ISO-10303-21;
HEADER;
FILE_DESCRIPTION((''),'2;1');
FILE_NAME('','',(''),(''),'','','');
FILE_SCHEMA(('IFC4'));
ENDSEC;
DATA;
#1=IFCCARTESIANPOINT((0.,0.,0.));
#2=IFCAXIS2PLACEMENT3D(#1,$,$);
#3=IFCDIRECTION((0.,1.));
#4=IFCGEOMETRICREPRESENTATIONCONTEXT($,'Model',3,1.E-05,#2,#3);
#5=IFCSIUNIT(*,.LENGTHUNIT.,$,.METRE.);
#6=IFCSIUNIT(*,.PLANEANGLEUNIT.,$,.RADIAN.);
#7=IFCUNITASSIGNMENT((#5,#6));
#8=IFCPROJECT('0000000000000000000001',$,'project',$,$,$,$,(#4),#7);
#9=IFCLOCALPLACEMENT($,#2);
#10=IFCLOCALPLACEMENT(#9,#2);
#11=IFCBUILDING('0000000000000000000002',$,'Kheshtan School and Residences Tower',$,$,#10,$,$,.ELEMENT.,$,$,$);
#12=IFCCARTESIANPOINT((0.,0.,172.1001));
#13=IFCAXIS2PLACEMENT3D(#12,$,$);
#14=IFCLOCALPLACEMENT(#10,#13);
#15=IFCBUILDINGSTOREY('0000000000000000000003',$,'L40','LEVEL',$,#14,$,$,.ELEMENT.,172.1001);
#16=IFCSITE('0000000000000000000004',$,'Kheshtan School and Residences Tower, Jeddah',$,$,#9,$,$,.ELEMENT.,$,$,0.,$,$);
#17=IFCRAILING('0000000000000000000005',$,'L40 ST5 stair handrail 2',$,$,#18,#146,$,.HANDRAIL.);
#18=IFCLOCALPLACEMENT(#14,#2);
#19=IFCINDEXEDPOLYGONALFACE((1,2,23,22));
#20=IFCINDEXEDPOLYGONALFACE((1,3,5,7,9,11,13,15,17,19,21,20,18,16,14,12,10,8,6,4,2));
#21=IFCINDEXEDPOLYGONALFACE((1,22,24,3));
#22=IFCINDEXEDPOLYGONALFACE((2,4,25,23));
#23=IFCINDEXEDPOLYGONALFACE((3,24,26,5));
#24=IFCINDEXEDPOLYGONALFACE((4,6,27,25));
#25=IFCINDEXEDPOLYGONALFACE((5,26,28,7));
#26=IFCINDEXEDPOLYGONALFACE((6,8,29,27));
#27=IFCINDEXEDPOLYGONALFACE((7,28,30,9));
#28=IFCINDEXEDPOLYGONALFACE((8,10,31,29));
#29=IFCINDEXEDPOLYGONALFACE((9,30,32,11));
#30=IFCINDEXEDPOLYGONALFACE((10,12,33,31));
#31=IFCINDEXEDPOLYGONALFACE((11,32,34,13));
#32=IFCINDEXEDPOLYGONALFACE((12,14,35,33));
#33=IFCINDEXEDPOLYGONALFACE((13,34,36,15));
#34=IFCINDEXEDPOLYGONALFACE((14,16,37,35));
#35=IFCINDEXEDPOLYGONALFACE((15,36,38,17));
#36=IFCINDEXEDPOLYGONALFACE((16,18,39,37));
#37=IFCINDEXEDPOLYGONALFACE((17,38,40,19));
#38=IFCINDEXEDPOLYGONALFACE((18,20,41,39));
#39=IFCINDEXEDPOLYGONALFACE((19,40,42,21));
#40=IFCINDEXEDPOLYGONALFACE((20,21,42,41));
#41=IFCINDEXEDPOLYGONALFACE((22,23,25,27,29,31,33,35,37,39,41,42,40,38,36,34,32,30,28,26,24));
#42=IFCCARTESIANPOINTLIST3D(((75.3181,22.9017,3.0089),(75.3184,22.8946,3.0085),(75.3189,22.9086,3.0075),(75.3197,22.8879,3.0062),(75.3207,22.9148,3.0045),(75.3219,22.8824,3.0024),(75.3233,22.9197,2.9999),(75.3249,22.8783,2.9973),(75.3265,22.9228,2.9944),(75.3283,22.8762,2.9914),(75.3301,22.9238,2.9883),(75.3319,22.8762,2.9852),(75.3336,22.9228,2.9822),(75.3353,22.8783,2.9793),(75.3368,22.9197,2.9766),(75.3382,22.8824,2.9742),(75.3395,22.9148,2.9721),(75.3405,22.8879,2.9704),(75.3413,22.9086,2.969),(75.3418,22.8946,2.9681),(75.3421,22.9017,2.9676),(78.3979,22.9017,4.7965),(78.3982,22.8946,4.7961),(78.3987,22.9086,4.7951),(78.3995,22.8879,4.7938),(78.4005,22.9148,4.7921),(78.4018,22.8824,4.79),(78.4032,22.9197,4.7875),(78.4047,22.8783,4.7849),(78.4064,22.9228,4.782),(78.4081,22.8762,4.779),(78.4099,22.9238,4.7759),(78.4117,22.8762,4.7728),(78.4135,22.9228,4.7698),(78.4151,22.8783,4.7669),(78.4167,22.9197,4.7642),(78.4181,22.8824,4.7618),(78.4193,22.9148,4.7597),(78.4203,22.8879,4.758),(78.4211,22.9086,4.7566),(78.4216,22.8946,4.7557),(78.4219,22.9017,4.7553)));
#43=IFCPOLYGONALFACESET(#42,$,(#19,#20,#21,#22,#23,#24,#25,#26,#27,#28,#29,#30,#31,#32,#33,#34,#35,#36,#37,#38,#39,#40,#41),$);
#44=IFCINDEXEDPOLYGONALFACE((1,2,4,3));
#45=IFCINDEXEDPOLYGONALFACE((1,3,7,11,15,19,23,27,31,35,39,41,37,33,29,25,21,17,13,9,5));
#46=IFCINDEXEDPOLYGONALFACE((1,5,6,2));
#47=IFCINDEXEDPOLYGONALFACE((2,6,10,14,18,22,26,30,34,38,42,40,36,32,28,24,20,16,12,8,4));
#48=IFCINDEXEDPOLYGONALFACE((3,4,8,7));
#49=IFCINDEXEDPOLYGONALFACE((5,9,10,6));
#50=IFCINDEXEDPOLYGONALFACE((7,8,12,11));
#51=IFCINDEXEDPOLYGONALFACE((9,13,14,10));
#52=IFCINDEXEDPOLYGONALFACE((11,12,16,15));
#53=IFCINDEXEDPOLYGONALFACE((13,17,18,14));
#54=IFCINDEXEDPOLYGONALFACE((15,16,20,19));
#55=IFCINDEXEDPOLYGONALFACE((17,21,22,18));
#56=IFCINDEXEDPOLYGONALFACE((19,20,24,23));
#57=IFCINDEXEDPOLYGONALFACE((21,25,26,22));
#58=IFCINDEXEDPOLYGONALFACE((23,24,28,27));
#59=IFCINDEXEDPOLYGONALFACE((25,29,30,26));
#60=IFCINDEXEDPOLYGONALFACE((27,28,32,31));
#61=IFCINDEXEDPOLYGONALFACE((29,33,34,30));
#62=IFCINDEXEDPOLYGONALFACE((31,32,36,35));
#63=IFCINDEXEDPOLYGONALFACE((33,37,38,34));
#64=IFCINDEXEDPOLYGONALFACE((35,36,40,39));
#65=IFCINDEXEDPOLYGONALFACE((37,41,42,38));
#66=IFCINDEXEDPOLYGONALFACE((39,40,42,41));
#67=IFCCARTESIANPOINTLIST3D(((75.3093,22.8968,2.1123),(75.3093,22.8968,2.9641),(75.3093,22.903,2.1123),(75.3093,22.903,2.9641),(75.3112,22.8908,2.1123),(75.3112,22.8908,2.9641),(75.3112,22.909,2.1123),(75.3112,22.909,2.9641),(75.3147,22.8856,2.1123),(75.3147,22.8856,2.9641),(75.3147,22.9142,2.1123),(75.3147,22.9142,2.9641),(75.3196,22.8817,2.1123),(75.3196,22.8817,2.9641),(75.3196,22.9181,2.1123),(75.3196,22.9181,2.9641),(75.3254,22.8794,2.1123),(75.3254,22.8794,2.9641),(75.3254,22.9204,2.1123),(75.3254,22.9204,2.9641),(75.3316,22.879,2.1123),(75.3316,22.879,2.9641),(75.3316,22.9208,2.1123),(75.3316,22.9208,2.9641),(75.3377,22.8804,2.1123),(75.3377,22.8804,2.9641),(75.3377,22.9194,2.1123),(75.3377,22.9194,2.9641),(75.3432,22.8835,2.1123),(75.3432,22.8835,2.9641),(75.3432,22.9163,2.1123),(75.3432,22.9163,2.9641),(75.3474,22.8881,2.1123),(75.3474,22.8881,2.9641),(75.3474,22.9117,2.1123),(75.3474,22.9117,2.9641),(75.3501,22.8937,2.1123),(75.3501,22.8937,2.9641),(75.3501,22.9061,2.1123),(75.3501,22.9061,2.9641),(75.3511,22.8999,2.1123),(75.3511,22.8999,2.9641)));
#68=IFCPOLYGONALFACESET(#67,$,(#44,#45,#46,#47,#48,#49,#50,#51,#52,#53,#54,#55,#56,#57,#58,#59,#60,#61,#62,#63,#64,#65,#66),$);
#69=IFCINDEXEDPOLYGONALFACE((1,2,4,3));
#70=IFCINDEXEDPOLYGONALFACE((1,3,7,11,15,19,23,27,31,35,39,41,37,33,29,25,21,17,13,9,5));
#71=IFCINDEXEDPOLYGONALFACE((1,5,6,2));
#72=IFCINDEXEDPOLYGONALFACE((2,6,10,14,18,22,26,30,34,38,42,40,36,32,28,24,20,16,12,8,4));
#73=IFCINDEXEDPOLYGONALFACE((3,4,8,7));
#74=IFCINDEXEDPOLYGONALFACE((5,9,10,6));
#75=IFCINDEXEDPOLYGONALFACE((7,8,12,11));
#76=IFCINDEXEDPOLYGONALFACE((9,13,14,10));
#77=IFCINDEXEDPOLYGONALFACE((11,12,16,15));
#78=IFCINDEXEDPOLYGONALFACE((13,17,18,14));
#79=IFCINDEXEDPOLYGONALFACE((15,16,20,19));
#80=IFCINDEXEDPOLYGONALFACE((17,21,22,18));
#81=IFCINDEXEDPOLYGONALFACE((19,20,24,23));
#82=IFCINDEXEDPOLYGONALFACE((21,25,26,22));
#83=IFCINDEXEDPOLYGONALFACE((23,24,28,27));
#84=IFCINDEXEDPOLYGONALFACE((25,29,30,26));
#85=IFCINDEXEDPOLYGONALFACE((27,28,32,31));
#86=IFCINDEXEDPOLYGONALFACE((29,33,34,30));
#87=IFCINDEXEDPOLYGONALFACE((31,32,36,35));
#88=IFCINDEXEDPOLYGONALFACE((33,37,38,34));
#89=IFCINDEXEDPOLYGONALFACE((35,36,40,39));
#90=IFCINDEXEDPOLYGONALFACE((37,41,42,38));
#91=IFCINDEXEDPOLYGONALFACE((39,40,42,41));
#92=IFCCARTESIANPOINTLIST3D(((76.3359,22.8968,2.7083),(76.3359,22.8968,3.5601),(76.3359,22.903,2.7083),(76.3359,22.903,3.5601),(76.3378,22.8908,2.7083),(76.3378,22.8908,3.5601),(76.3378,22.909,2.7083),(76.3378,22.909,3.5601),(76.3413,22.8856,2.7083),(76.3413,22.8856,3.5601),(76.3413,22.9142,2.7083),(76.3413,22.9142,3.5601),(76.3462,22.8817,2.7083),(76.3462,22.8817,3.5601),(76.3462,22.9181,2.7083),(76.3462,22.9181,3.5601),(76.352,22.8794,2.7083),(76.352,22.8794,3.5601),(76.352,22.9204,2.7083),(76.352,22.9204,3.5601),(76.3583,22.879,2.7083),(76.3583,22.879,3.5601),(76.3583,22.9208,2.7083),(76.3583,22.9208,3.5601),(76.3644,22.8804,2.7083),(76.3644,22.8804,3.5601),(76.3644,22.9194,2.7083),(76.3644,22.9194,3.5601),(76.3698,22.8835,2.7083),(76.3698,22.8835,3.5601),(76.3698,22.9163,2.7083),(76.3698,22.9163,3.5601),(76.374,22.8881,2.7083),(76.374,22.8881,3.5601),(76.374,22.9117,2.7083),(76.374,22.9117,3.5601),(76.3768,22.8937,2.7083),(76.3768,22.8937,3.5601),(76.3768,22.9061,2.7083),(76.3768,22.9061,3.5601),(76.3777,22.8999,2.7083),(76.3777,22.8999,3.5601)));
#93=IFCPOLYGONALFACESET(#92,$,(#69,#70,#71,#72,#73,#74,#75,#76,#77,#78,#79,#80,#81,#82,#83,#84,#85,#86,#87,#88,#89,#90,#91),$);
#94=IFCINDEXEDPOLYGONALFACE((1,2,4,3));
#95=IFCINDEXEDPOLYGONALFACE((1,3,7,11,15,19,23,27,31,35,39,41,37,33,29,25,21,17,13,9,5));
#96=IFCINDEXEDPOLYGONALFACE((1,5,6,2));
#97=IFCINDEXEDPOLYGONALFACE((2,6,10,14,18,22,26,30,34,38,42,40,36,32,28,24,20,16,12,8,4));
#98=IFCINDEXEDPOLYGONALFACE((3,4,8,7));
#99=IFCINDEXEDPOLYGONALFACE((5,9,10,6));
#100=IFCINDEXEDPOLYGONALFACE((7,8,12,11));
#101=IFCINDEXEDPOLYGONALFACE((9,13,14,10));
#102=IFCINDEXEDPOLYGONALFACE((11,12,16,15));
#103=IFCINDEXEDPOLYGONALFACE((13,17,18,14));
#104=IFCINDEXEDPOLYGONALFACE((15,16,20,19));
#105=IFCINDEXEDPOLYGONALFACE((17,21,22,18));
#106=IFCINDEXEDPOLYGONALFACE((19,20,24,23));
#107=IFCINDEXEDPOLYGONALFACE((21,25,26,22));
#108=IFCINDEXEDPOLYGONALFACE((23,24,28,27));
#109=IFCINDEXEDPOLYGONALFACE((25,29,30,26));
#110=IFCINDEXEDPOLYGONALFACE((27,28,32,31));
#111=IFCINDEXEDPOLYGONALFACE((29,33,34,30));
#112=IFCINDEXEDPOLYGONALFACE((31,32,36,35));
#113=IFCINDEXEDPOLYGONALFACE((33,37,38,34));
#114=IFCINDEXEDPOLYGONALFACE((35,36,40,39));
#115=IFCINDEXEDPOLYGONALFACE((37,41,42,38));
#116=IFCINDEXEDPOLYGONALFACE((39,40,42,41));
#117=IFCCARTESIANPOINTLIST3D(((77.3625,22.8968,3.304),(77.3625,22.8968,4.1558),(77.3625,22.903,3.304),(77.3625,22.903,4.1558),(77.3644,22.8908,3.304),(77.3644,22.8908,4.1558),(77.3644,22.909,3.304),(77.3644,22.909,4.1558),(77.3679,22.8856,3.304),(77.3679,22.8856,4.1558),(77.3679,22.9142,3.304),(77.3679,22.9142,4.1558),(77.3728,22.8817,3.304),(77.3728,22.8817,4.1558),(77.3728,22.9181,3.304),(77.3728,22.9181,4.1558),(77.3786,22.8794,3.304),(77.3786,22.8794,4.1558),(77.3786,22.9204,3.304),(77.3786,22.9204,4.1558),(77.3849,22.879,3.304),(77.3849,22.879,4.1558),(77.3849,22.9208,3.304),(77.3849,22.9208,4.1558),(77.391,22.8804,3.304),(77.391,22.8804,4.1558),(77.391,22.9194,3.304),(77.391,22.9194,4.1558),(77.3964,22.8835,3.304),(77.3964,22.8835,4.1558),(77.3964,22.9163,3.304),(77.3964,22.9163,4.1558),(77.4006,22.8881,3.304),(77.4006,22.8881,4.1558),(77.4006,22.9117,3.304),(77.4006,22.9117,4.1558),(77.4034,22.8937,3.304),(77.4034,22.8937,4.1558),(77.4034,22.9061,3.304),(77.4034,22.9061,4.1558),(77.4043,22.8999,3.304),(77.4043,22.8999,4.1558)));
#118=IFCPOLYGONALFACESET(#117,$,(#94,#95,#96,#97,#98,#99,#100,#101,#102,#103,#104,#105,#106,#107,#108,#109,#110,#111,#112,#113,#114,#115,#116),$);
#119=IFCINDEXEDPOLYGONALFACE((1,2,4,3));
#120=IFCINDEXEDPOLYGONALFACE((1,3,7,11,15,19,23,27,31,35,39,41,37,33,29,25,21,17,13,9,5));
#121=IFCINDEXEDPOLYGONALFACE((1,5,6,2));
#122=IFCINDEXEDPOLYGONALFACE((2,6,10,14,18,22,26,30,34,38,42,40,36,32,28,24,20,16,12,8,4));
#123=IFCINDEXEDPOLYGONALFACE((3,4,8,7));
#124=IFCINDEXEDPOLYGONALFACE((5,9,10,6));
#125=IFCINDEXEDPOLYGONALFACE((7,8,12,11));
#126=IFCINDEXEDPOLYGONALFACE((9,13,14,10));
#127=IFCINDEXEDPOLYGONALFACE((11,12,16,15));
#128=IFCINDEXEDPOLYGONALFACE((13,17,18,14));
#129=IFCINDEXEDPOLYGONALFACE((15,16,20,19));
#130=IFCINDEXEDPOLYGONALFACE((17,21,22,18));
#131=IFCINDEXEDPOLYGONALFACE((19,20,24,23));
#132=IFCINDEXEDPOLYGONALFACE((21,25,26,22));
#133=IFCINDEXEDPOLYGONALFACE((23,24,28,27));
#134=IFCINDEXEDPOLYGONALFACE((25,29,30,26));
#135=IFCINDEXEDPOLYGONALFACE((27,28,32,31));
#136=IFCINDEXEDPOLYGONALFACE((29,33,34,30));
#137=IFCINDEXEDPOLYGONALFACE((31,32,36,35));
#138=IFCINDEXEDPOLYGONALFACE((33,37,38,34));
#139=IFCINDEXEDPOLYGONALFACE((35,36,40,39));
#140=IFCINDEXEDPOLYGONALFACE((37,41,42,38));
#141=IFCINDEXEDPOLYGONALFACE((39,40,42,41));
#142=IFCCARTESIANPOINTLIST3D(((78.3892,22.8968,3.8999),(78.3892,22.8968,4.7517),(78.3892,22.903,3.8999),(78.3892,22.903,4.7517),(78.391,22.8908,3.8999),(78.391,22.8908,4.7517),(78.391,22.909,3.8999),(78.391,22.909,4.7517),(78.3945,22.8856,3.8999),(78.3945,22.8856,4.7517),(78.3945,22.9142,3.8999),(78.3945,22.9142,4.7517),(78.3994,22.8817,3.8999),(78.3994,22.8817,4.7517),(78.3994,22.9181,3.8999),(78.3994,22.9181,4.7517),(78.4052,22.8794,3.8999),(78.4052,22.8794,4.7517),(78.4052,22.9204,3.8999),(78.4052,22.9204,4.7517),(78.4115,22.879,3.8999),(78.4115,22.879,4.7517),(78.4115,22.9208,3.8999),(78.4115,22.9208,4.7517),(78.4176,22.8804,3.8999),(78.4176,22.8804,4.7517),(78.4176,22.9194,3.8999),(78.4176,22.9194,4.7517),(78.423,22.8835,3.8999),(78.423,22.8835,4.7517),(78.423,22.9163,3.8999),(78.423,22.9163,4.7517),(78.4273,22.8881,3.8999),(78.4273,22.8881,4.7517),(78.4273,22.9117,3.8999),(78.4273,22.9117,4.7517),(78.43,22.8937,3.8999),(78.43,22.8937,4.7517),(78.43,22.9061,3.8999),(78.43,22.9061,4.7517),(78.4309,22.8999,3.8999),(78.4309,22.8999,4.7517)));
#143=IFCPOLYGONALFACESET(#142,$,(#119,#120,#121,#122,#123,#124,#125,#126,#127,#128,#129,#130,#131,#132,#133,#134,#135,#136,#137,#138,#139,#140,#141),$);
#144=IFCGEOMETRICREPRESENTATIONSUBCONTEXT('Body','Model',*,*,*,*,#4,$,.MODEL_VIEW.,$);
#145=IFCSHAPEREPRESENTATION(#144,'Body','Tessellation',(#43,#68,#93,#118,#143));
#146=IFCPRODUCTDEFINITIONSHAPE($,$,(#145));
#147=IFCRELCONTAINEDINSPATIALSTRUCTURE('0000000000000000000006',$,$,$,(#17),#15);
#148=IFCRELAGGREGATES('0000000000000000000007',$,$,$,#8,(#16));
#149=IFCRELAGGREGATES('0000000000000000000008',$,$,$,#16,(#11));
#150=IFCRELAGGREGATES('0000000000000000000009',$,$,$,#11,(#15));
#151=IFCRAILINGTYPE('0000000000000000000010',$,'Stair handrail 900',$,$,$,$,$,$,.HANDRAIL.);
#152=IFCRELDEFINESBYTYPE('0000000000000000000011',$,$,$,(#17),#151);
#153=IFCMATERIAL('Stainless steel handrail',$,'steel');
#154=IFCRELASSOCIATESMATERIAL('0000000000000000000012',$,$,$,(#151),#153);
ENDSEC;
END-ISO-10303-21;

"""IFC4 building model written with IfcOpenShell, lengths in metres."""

from ifc_helpers import new_model, si_unit, direction, frame, origin, origin_2d, place, context, subcontext, project, spatial, circle, extrude, material, type_object, element, save


model = new_model("IFC4")

# Units and contexts
model_context = context("Model", 3, precision=1e-05, world=origin(), true_north=direction((0.0, 1.0)))
body_context = subcontext(model_context, "Body", "Model", "MODEL_VIEW")
ifc_project = project(units=[si_unit("LENGTHUNIT", "METRE"), si_unit("PLANEANGLEUNIT", "RADIAN")], contexts=[model_context])

# Site, building, storey
site_placement = place(None, origin())
site = spatial("IfcSite", under=ifc_project, at=site_placement, Name="Kheshtan School and Residences Tower, Jeddah", CompositionType="ELEMENT", RefElevation=0.0)
building_placement = place(site_placement, origin())
building = spatial("IfcBuilding", under=site, at=building_placement, Name="Kheshtan School and Residences Tower", CompositionType="ELEMENT")
storey_placement = place(building_placement, frame((0.0, 0.0, 172.1001)))
storey = spatial("IfcBuildingStorey", under=building, at=storey_placement, Name="L40", Description="LEVEL", CompositionType="ELEMENT", Elevation=172.1001)

# Railing
ifc_material_1 = material(Name="Stainless steel handrail", Category="steel")
railing_type_1 = type_object("IfcRailingType", Name="Stair handrail 900", PredefinedType="HANDRAIL", material=ifc_material_1)
railing_1_placement = place(storey_placement, frame((75.3301, 22.8999, 2.1123)))
element("IfcRailing", 1, at=railing_1_placement, inside=storey, type_object=railing_type_1, Name="L40 ST5 stair handrail 2", PredefinedType="HANDRAIL", context=body_context, shape_type="SweptSolid", body=[
    extrude(circle(Radius=0.0239, at=origin_2d()), frame((0.0, 0.0, 0.876), z_axis=(0.864873, 0.0, 0.50199), x_axis=(0.0, 1.0, 0.0)), (0.0, 0.0, 1.0), 3.561),
    extrude(circle(Radius=0.021, at=origin_2d()), origin(), (0.0, 0.0, 1.0), 0.8518),
    extrude(circle(Radius=0.021, at=origin_2d()), frame((1.0266, 0.0, 0.5959)), (0.0, 0.0, 1.0), 0.8518),
    extrude(circle(Radius=0.021, at=origin_2d()), frame((2.0532, 0.0, 1.1917)), (0.0, 0.0, 1.0), 0.8518),
    extrude(circle(Radius=0.021, at=origin_2d()), frame((3.0798, 0.0, 1.7876)), (0.0, 0.0, 1.0), 0.8518),
])

save(model, "model.ifc")
